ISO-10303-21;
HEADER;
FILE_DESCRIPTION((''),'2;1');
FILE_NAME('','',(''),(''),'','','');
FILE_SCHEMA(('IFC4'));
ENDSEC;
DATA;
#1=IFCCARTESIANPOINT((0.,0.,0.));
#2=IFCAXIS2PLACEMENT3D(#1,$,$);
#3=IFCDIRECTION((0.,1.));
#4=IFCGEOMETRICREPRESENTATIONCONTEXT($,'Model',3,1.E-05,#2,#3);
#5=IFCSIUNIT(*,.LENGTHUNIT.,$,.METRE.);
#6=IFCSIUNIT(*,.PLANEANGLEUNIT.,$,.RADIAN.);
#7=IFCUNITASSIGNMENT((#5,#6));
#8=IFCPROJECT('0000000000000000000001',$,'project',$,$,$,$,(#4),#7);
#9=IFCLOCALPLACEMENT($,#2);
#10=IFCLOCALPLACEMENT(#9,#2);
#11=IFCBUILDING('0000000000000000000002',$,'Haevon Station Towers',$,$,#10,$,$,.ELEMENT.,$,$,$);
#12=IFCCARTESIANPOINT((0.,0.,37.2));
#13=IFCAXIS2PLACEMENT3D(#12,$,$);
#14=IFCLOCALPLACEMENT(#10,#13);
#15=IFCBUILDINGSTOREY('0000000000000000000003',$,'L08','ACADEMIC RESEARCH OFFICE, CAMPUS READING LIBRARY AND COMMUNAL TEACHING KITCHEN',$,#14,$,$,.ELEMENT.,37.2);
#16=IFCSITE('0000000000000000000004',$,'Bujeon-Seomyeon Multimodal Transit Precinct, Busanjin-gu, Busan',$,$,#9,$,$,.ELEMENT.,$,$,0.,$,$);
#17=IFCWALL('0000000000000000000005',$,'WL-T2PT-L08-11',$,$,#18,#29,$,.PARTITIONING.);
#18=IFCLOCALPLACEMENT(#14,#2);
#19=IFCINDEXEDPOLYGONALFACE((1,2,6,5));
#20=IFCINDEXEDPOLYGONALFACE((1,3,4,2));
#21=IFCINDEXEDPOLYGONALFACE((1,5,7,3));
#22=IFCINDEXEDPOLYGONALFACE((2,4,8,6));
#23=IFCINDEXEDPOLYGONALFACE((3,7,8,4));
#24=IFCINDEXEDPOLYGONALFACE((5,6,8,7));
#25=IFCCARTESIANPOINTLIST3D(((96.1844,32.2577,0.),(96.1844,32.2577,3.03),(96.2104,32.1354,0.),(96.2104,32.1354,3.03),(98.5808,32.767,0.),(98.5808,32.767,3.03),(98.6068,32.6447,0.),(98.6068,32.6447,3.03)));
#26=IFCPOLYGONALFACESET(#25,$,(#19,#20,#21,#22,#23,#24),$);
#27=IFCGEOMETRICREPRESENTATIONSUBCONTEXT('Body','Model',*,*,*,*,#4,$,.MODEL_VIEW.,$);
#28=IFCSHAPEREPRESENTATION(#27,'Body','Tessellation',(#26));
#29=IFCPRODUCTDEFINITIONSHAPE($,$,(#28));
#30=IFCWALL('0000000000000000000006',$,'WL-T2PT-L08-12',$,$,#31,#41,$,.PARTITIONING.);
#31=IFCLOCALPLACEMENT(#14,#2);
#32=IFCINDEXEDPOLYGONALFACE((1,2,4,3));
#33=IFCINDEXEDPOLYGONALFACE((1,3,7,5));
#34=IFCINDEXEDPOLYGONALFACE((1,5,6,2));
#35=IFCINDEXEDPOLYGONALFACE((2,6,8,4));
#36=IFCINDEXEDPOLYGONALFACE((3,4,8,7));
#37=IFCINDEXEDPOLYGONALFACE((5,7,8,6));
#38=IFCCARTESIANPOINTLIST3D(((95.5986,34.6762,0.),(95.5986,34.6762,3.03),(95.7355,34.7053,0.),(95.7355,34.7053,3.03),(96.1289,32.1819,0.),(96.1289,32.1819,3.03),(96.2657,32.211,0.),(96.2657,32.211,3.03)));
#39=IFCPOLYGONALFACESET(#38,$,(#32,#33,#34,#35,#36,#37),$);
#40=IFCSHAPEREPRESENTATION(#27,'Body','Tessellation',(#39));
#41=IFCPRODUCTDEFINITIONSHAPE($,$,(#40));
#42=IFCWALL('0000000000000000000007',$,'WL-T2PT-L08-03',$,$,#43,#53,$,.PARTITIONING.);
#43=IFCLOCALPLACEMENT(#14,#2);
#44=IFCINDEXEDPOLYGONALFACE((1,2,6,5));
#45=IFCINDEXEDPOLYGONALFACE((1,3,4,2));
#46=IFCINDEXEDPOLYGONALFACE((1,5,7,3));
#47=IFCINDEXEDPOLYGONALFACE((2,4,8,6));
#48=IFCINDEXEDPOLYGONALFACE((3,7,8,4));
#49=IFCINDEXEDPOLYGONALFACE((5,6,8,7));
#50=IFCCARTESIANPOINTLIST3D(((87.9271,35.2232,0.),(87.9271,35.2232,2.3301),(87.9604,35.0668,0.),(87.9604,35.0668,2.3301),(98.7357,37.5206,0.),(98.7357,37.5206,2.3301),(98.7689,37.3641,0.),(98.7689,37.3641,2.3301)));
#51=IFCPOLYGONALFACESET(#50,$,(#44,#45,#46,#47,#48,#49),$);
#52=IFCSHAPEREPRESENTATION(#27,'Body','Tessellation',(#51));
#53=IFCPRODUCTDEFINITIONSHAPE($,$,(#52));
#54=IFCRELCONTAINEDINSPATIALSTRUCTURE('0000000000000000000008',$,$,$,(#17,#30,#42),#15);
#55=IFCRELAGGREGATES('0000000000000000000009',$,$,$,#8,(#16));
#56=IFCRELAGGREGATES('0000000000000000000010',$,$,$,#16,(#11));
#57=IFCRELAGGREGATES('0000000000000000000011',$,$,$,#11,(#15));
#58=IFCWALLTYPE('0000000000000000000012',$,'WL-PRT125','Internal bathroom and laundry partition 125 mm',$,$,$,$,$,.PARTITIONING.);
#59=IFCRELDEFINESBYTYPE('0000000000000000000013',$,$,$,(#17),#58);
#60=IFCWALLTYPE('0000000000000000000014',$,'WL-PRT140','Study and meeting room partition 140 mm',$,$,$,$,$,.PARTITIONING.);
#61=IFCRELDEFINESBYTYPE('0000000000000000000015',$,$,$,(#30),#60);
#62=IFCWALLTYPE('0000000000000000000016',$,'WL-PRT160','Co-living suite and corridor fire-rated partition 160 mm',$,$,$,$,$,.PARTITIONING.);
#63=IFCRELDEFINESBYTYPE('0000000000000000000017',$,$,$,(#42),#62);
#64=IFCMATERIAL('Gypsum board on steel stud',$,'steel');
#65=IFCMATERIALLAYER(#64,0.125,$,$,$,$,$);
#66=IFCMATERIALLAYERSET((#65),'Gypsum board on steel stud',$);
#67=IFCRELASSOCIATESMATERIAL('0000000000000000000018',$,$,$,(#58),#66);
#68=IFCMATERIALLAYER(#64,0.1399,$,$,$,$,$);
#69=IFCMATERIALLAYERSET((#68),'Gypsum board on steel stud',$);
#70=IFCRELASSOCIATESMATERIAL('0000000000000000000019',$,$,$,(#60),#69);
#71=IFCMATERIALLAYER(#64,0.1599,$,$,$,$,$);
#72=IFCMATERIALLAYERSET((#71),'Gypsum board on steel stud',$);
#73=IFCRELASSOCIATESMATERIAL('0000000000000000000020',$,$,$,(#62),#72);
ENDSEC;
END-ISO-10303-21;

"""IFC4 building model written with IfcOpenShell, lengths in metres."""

from ifc_helpers import new_model, si_unit, direction, frame, frame_2d, origin, place, context, subcontext, project, spatial, rectangle, extrude, material, layer, layer_set, type_object, element, save


model = new_model("IFC4")

# Units and contexts
model_context = context("Model", 3, precision=1e-05, world=origin(), true_north=direction((0.0, 1.0)))
body_context = subcontext(model_context, "Body", "Model", "MODEL_VIEW")
ifc_project = project(units=[si_unit("LENGTHUNIT", "METRE"), si_unit("PLANEANGLEUNIT", "RADIAN")], contexts=[model_context])

# Site, building, storey
site_placement = place(None, origin())
site = spatial("IfcSite", under=ifc_project, at=site_placement, Name="Bujeon-Seomyeon Multimodal Transit Precinct, Busanjin-gu, Busan", CompositionType="ELEMENT", RefElevation=0.0)
building_placement = place(site_placement, origin())
building = spatial("IfcBuilding", under=site, at=building_placement, Name="Haevon Station Towers", CompositionType="ELEMENT")
storey_placement = place(building_placement, frame((0.0, 0.0, 37.2)))
storey = spatial("IfcBuildingStorey", under=building, at=storey_placement, Name="L08", Description="ACADEMIC RESEARCH OFFICE, CAMPUS READING LIBRARY AND COMMUNAL TEACHING KITCHEN", CompositionType="ELEMENT", Elevation=37.2)

# Walls
ifc_material_1 = material(Name="Gypsum board on steel stud", Category="steel")
ifc_layer_1 = layer(ifc_material_1, 0.125)
ifc_layer_set_1 = layer_set([ifc_layer_1], Name="Gypsum board on steel stud")
wall_type_1 = type_object("IfcWallType", Name="WL-PRT125", Description="Internal bathroom and laundry partition 125 mm", PredefinedType="PARTITIONING", material=ifc_layer_set_1)
wall_1_placement = place(storey_placement, frame((96.1973, 32.1965, 0.0), z_axis=(0.0, 0.0, 1.0), x_axis=(0.978157, 0.207868, 0.0)))
element("IfcWall", 1, at=wall_1_placement, inside=storey, type_object=wall_type_1, Name="WL-T2PT-L08-11", PredefinedType="PARTITIONING", context=body_context, shape_type="SweptSolid", body=[
    extrude(rectangle(XDim=2.45, YDim=0.125, at=frame_2d((1.2251, 0.0))), origin(), (0.0, 0.0, 1.0), 3.03),
])
ifc_layer_2 = layer(ifc_material_1, 0.1399)
ifc_layer_set_2 = layer_set([ifc_layer_2], Name="Gypsum board on steel stud")
wall_type_2 = type_object("IfcWallType", Name="WL-PRT140", Description="Study and meeting room partition 140 mm", PredefinedType="PARTITIONING", material=ifc_layer_set_2)
wall_2_placement = place(storey_placement, frame((96.1973, 32.1965, 0.0), z_axis=(0.0, 0.0, 1.0), x_axis=(-0.20794, 0.978142, 0.0)))
element("IfcWall", 2, at=wall_2_placement, inside=storey, type_object=wall_type_2, Name="WL-T2PT-L08-12", PredefinedType="PARTITIONING", context=body_context, shape_type="SweptSolid", body=[
    extrude(rectangle(XDim=2.55, YDim=0.1399, at=frame_2d((1.2749, 0.0))), origin(), (0.0, 0.0, 1.0), 3.03),
])
ifc_layer_3 = layer(ifc_material_1, 0.1599)
ifc_layer_set_3 = layer_set([ifc_layer_3], Name="Gypsum board on steel stud")
wall_type_3 = type_object("IfcWallType", Name="WL-PRT160", Description="Co-living suite and corridor fire-rated partition 160 mm", PredefinedType="PARTITIONING", material=ifc_layer_set_3)
wall_3_placement = place(storey_placement, frame((87.9438, 35.145, 0.0), z_axis=(0.0, 0.0, 1.0), x_axis=(0.978149, 0.207905, 0.0)))
element("IfcWall", 3, at=wall_3_placement, inside=storey, type_object=wall_type_3, Name="WL-T2PT-L08-03", PredefinedType="PARTITIONING", context=body_context, shape_type="SweptSolid", body=[
    extrude(rectangle(XDim=11.05, YDim=0.1599, at=frame_2d((5.5249, 0.0))), origin(), (0.0, 0.0, 1.0), 2.3301),
])

save(model, "model.ifc")
